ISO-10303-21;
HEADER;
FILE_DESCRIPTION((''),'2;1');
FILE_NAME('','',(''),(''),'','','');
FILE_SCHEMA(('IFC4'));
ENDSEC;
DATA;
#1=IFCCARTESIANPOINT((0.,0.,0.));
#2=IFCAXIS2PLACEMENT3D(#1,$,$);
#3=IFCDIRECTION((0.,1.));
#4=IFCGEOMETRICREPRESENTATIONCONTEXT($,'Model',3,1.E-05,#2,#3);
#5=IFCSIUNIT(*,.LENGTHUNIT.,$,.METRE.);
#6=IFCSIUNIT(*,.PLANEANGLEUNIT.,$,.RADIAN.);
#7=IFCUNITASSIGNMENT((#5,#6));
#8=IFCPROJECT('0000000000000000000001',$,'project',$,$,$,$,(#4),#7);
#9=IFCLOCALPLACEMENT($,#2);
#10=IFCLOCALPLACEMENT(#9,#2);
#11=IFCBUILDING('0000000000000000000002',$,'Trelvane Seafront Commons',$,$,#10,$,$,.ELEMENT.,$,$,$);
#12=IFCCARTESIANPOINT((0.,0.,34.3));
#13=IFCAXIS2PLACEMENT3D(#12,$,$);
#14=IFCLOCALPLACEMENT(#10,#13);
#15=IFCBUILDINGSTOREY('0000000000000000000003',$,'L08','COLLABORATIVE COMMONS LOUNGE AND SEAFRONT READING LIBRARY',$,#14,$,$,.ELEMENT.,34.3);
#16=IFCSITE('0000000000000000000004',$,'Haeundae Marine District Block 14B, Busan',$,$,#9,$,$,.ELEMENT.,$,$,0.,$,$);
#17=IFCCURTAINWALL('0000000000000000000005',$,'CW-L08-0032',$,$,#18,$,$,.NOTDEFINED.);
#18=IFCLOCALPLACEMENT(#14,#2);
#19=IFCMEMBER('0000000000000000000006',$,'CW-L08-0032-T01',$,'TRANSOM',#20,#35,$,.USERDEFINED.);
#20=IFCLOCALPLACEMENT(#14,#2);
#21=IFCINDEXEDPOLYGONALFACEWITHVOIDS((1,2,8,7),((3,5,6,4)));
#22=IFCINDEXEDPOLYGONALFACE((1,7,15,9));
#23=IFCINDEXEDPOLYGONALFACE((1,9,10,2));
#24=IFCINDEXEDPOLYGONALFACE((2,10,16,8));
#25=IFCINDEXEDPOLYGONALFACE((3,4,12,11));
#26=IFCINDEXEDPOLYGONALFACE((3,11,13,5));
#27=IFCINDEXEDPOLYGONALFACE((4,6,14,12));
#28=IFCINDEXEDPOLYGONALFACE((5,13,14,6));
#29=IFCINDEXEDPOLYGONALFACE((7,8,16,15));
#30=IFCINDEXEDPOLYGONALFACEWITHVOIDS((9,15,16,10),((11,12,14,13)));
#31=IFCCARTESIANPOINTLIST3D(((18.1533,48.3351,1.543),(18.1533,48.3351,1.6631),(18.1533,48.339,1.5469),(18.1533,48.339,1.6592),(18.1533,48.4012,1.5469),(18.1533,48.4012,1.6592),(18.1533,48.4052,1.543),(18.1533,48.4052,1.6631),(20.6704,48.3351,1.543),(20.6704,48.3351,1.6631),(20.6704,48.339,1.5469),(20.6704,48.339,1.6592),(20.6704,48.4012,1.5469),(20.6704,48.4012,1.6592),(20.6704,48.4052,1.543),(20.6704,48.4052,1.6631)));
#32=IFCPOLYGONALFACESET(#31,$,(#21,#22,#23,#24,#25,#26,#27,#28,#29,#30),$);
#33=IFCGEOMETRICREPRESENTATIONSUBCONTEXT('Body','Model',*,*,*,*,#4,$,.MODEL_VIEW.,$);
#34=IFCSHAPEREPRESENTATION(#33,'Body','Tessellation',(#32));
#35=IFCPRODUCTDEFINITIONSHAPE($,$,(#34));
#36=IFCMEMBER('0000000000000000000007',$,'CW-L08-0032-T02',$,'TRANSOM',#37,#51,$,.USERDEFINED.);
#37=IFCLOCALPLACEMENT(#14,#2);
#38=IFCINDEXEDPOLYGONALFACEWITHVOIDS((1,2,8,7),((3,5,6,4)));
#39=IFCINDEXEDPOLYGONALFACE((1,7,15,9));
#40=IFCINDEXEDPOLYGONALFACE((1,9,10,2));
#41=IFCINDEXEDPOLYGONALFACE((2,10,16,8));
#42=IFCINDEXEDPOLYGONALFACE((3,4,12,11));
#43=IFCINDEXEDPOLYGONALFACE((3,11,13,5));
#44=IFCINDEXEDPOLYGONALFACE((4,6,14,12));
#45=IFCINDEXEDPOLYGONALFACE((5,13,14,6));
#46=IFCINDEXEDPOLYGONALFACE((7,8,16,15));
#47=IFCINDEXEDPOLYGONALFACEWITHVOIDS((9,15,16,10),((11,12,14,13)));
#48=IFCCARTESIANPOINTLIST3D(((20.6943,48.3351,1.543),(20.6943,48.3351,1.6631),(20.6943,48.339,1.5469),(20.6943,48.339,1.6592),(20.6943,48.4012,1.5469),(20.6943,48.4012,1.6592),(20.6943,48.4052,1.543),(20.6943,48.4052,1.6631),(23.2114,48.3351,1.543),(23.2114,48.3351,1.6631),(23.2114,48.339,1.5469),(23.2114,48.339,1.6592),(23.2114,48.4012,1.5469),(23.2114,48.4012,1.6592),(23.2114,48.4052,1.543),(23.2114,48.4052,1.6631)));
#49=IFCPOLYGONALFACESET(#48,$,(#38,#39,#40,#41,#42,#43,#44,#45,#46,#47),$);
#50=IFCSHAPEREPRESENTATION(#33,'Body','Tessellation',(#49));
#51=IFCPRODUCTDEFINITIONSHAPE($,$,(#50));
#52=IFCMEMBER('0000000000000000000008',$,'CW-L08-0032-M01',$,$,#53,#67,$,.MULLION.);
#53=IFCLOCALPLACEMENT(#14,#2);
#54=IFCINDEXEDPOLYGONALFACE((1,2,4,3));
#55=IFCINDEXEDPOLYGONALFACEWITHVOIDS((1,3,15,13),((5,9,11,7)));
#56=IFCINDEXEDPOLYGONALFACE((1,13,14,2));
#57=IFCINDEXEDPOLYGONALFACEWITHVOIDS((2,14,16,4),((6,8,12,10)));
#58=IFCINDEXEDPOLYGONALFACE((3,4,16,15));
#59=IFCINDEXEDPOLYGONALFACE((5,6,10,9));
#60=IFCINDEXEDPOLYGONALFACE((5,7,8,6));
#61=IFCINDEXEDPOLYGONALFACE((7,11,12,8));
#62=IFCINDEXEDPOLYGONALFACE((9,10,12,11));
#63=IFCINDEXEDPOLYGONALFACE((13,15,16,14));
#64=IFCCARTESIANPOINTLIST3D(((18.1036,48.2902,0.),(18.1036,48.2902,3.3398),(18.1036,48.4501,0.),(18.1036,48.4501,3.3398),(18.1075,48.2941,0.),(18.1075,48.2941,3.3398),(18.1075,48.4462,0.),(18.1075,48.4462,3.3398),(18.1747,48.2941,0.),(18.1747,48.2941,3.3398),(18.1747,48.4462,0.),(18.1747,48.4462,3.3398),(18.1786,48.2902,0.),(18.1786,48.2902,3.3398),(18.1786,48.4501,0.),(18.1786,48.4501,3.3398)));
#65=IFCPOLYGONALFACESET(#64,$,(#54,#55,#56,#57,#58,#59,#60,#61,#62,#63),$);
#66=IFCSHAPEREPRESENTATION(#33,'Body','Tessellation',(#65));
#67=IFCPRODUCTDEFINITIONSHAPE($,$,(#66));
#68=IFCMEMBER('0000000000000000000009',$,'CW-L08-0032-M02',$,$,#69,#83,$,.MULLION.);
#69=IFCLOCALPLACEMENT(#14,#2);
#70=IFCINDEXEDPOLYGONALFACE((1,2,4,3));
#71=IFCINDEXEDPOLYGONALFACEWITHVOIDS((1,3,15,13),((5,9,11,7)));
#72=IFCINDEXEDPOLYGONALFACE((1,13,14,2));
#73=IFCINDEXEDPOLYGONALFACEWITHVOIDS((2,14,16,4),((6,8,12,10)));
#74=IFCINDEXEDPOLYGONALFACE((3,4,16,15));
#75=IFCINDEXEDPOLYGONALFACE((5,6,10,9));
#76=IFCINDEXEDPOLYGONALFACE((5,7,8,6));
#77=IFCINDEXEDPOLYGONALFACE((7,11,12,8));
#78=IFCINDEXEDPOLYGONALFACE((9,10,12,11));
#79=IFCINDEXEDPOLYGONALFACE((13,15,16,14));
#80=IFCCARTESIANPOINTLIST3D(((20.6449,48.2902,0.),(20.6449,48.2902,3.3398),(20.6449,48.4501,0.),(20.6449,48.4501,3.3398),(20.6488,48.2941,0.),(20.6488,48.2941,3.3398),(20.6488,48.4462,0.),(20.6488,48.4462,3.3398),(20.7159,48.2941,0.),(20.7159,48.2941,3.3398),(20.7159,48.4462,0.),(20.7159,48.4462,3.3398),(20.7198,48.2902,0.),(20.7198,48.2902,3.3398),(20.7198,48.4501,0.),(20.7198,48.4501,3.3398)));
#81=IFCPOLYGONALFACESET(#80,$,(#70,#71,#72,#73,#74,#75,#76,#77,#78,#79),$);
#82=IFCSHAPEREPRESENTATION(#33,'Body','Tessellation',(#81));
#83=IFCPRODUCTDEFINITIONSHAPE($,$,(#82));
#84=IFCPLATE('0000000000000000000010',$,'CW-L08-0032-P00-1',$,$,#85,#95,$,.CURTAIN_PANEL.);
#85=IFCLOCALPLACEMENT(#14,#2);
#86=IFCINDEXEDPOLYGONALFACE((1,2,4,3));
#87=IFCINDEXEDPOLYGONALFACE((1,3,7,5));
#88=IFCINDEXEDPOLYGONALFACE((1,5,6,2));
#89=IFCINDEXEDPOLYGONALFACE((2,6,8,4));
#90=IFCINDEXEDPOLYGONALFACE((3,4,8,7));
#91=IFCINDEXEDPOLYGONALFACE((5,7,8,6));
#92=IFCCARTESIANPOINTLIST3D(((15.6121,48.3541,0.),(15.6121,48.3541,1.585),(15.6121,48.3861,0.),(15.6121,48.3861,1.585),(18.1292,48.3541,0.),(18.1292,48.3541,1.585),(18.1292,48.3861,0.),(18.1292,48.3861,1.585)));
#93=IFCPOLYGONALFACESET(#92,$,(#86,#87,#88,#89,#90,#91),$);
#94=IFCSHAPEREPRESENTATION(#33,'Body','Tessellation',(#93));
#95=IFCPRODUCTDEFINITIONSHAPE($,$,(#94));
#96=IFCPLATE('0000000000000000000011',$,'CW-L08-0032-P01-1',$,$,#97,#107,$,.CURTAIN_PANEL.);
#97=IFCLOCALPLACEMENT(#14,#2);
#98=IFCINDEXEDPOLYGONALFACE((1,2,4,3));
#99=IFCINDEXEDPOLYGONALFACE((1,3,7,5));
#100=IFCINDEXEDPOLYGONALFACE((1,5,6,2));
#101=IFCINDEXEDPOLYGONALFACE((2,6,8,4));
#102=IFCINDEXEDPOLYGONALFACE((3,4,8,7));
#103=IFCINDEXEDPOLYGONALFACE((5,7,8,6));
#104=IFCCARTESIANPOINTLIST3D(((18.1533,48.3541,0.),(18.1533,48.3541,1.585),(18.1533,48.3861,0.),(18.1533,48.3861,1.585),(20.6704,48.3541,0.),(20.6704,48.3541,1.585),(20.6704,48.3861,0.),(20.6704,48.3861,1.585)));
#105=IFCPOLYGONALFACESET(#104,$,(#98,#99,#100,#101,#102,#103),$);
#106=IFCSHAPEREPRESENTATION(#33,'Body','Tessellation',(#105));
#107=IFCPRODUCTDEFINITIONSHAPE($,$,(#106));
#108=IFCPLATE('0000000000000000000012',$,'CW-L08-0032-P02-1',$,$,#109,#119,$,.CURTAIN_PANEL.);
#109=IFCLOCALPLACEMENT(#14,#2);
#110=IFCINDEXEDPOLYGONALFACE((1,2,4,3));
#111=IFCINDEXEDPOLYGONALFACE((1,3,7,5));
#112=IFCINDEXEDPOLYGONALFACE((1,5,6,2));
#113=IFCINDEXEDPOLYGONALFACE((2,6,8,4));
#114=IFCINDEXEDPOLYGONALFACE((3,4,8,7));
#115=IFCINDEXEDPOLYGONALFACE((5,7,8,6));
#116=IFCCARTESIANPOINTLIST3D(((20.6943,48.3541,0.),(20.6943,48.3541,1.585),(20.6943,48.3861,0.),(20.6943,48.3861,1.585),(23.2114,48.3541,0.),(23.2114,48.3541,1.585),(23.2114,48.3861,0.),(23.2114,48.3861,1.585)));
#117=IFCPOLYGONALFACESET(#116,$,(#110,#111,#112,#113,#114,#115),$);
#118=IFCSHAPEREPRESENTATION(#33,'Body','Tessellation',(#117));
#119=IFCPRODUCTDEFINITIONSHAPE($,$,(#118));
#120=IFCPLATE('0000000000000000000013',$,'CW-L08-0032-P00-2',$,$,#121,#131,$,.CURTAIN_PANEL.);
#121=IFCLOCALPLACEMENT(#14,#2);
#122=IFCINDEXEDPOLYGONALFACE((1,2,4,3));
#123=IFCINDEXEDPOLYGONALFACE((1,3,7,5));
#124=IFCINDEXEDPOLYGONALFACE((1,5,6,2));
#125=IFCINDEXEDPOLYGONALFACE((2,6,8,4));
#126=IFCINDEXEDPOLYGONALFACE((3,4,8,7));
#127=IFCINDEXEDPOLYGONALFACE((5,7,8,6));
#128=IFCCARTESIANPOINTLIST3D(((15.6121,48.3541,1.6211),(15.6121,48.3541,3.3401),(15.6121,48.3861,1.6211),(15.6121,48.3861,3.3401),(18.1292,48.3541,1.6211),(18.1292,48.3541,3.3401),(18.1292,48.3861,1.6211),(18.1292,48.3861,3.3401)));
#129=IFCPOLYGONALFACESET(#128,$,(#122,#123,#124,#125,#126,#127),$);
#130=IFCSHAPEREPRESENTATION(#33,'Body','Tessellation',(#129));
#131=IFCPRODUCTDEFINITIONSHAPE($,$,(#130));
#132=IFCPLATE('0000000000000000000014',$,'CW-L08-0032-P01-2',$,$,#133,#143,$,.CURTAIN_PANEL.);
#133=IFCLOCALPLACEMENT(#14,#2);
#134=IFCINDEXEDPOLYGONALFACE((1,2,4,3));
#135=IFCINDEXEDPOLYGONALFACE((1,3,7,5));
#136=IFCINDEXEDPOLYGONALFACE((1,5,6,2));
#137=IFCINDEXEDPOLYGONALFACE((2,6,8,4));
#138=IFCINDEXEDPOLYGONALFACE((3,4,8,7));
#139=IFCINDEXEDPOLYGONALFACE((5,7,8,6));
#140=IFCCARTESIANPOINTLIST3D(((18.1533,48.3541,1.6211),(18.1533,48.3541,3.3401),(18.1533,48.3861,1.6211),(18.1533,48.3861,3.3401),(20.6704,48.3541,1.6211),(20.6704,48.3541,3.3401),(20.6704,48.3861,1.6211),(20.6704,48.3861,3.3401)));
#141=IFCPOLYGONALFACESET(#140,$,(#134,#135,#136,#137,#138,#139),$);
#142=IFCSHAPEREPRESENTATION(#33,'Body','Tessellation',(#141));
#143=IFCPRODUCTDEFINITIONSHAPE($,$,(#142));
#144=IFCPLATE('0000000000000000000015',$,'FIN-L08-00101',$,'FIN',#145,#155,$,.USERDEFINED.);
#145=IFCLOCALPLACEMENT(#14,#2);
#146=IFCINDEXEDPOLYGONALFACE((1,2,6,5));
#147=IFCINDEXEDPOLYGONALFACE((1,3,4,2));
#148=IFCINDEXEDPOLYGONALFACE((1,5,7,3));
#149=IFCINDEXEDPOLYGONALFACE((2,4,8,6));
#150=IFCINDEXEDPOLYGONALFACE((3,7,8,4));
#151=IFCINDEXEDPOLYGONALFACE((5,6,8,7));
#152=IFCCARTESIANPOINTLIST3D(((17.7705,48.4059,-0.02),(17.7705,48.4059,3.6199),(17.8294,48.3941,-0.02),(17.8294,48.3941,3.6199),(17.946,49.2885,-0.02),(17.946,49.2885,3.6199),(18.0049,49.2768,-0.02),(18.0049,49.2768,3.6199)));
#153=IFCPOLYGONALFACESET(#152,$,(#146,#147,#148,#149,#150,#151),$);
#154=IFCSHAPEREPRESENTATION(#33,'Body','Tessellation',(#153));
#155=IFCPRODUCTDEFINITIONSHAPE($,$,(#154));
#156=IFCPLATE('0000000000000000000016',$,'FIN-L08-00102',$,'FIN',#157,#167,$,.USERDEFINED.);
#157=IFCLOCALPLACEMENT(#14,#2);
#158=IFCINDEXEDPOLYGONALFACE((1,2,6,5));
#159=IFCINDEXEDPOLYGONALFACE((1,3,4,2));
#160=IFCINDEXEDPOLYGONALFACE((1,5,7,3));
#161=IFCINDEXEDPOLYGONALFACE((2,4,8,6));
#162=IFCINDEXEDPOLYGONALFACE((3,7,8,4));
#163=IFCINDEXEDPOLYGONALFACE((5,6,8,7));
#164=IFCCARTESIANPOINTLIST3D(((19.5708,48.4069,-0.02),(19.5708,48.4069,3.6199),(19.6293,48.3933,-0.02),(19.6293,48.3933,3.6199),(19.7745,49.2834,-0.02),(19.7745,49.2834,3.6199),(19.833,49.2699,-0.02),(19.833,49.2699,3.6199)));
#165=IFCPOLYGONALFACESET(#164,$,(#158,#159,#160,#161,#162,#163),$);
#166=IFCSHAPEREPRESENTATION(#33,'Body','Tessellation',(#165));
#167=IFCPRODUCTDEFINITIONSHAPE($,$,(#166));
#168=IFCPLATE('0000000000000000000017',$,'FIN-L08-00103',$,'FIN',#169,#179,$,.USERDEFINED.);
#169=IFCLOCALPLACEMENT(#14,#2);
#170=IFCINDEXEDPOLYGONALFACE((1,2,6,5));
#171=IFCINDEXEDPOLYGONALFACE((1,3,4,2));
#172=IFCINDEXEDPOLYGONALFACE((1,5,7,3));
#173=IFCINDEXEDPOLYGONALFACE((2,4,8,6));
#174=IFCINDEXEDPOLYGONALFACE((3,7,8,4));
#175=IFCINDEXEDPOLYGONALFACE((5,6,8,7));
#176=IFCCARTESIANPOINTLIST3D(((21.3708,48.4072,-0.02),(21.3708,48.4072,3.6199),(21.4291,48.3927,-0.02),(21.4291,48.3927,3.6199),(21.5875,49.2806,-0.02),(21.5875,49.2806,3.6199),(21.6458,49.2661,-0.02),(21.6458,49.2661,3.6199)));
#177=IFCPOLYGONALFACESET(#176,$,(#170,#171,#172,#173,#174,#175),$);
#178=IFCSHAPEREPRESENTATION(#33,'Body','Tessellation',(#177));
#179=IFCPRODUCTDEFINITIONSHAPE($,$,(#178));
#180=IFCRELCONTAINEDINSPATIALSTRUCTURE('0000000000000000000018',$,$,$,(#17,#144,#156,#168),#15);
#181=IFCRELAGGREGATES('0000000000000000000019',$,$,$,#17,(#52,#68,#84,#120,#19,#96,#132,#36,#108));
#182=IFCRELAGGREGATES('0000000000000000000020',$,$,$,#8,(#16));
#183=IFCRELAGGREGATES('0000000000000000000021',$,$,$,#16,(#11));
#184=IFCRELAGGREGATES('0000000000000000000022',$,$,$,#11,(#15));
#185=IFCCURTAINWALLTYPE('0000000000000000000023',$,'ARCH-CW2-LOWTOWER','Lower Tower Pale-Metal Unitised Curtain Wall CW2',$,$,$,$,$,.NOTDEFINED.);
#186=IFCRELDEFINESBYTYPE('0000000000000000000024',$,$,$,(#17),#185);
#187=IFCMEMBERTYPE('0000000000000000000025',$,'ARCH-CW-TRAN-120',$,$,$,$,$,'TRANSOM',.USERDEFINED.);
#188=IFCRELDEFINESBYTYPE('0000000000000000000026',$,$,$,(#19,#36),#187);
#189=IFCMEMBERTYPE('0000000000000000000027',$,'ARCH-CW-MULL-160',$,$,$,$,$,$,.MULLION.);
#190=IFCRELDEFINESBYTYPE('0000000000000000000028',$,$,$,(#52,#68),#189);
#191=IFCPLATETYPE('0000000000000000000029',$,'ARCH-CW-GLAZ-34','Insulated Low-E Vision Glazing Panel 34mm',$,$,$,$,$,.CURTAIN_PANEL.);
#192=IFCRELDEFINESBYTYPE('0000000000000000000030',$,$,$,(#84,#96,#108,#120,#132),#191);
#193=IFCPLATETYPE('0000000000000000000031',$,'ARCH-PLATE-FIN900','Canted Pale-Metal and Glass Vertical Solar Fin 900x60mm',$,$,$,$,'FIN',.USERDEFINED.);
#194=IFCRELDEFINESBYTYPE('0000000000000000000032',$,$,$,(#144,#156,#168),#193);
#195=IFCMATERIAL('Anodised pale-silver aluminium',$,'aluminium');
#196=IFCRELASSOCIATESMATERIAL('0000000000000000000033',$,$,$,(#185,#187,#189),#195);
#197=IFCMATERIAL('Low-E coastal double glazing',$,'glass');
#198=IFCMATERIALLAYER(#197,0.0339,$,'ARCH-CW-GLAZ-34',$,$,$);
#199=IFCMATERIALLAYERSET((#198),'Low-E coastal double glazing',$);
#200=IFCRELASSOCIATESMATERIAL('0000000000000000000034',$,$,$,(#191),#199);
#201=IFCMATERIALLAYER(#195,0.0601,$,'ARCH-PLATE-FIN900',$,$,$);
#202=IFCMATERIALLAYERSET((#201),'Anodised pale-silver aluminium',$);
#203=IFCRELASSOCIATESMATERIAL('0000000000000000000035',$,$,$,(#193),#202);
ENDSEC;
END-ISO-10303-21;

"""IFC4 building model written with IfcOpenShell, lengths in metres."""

from ifc_helpers import new_model, si_unit, direction, frame, origin, origin_2d, place, context, subcontext, project, spatial, rectangle, hollow_rectangle, extrude, source, transform, mapped, material, layer, layer_set, material_profile, profile_set, type_object, element, aggregate, save


model = new_model("IFC4")

# Units and contexts
model_context = context("Model", 3, precision=1e-05, world=origin(), true_north=direction((0.0, 1.0)))
body_context = subcontext(model_context, "Body", "Model", "MODEL_VIEW")
ifc_project = project(units=[si_unit("LENGTHUNIT", "METRE"), si_unit("PLANEANGLEUNIT", "RADIAN")], contexts=[model_context])

# Site, building, storey
site_placement = place(None, origin())
site = spatial("IfcSite", under=ifc_project, at=site_placement, Name="Haeundae Marine District Block 14B, Busan", CompositionType="ELEMENT", RefElevation=0.0)
building_placement = place(site_placement, origin())
building = spatial("IfcBuilding", under=site, at=building_placement, Name="Trelvane Seafront Commons", CompositionType="ELEMENT")
storey_placement = place(building_placement, frame((0.0, 0.0, 34.3)))
storey = spatial("IfcBuildingStorey", under=building, at=storey_placement, Name="L08", Description="COLLABORATIVE COMMONS LOUNGE AND SEAFRONT READING LIBRARY", CompositionType="ELEMENT", Elevation=34.3)

# Curtain wall, members, plates
ifc_material_1 = material(Name="Anodised pale-silver aluminium", Category="aluminium")
curtain_wall_type = type_object("IfcCurtainWallType", Name="ARCH-CW2-LOWTOWER", Description="Lower Tower Pale-Metal Unitised Curtain Wall CW2", PredefinedType="NOTDEFINED", material=ifc_material_1)
curtain_wall_placement = place(storey_placement, origin())
curtain_wall = element("IfcCurtainWall", 1, at=curtain_wall_placement, inside=storey, type_object=curtain_wall_type, Name="CW-L08-0032", PredefinedType="NOTDEFINED")
ifc_material_profile_1 = material_profile(ifc_material_1, hollow_rectangle(XDim=0.0701, YDim=0.1201, WallThickness=0.0039, at=origin_2d()), Name="TRAN-70x120x4")
ifc_profile_set_1 = profile_set([ifc_material_profile_1], Name="Anodised pale-silver aluminium")
member_type_1 = type_object("IfcMemberType", Name="ARCH-CW-TRAN-120", ElementType="TRANSOM", PredefinedType="USERDEFINED", material=ifc_profile_set_1)
shared_shape_1 = source(origin(), body_context, "Body", "SweptSolid", [
    extrude(hollow_rectangle(XDim=0.0701, YDim=0.1201, WallThickness=0.0039, at=origin_2d()), origin(), (0.0, 0.0, 1.0), 2.5171),
])
member_1_placement = place(storey_placement, frame((18.1533, 48.3701, 1.603), z_axis=(1.0, 0.0, 0.0), x_axis=(0.0, 1.0, 0.0)))
member_1 = element("IfcMember", 2, at=member_1_placement, type_object=member_type_1, Name="CW-L08-0032-T01", ObjectType="TRANSOM", PredefinedType="USERDEFINED", context=body_context, shape_type="MappedRepresentation", body=[
    mapped(shared_shape_1, transform((0.0, 0.0, 0.0), x_axis=(1.0, 0.0, 0.0), y_axis=(0.0, 1.0, 0.0), z_axis=(0.0, 0.0, 1.0), scale=1.0)),
])
member_2_placement = place(storey_placement, frame((20.6943, 48.3701, 1.603), z_axis=(1.0, 0.0, 0.0), x_axis=(0.0, 1.0, 0.0)))
member_2 = element("IfcMember", 3, at=member_2_placement, type_object=member_type_1, Name="CW-L08-0032-T02", ObjectType="TRANSOM", PredefinedType="USERDEFINED", context=body_context, shape_type="MappedRepresentation", body=[
    mapped(shared_shape_1, transform((0.0, 0.0, 0.0), x_axis=(1.0, 0.0, 0.0), y_axis=(0.0, 1.0, 0.0), z_axis=(0.0, 0.0, 1.0), scale=1.0)),
])
ifc_material_profile_2 = material_profile(ifc_material_1, hollow_rectangle(XDim=0.075, YDim=0.1599, WallThickness=0.0039, at=origin_2d()), Name="MULL-75x160x4")
ifc_profile_set_2 = profile_set([ifc_material_profile_2], Name="Anodised pale-silver aluminium")
member_type_2 = type_object("IfcMemberType", Name="ARCH-CW-MULL-160", PredefinedType="MULLION", material=ifc_profile_set_2)
shared_shape_2 = source(origin(), body_context, "Body", "SweptSolid", [
    extrude(hollow_rectangle(XDim=0.075, YDim=0.1599, WallThickness=0.0039, at=origin_2d()), origin(), (0.0, 0.0, 1.0), 3.3398),
])
member_3_placement = place(storey_placement, frame((18.1411, 48.3701, 0.0), z_axis=(0.0, 0.0, 1.0), x_axis=(1.0, 0.0, 0.0)))
member_3 = element("IfcMember", 4, at=member_3_placement, type_object=member_type_2, Name="CW-L08-0032-M01", PredefinedType="MULLION", context=body_context, shape_type="MappedRepresentation", body=[
    mapped(shared_shape_2, transform((0.0, 0.0, 0.0), x_axis=(1.0, 0.0, 0.0), y_axis=(0.0, 1.0, 0.0), z_axis=(0.0, 0.0, 1.0), scale=1.0)),
])
member_4_placement = place(storey_placement, frame((20.6824, 48.3701, 0.0), z_axis=(0.0, 0.0, 1.0), x_axis=(1.0, 0.0, 0.0)))
member_4 = element("IfcMember", 5, at=member_4_placement, type_object=member_type_2, Name="CW-L08-0032-M02", PredefinedType="MULLION", context=body_context, shape_type="MappedRepresentation", body=[
    mapped(shared_shape_2, transform((0.0, 0.0, 0.0), x_axis=(1.0, 0.0, 0.0), y_axis=(0.0, 1.0, 0.0), z_axis=(0.0, 0.0, 1.0), scale=1.0)),
])
ifc_material_2 = material(Name="Low-E coastal double glazing", Category="glass")
ifc_layer_1 = layer(ifc_material_2, 0.0339, Name="ARCH-CW-GLAZ-34")
ifc_layer_set_1 = layer_set([ifc_layer_1], Name="Low-E coastal double glazing")
plate_type_1 = type_object("IfcPlateType", Name="ARCH-CW-GLAZ-34", Description="Insulated Low-E Vision Glazing Panel 34mm", PredefinedType="CURTAIN_PANEL", material=ifc_layer_set_1)
shared_shape_3 = source(origin(), body_context, "Body", "SweptSolid", [
    extrude(rectangle(XDim=2.5171, YDim=0.032, at=origin_2d()), origin(), (0.0, 0.0, 1.0), 1.585),
])
plate_1_placement = place(storey_placement, frame((16.8706, 48.3701, 0.0), z_axis=(0.0, 0.0, 1.0), x_axis=(1.0, 0.0, 0.0)))
plate_1 = element("IfcPlate", 6, at=plate_1_placement, type_object=plate_type_1, Name="CW-L08-0032-P00-1", PredefinedType="CURTAIN_PANEL", context=body_context, shape_type="MappedRepresentation", body=[
    mapped(shared_shape_3, transform((0.0, 0.0, 0.0), x_axis=(1.0, 0.0, 0.0), y_axis=(0.0, 1.0, 0.0), z_axis=(0.0, 0.0, 1.0), scale=1.0)),
])
plate_2_placement = place(storey_placement, frame((19.4119, 48.3701, 0.0), z_axis=(0.0, 0.0, 1.0), x_axis=(1.0, 0.0, 0.0)))
plate_2 = element("IfcPlate", 7, at=plate_2_placement, type_object=plate_type_1, Name="CW-L08-0032-P01-1", PredefinedType="CURTAIN_PANEL", context=body_context, shape_type="MappedRepresentation", body=[
    mapped(shared_shape_3, transform((0.0, 0.0, 0.0), x_axis=(1.0, 0.0, 0.0), y_axis=(0.0, 1.0, 0.0), z_axis=(0.0, 0.0, 1.0), scale=1.0)),
])
plate_3_placement = place(storey_placement, frame((21.9529, 48.3701, 0.0), z_axis=(0.0, 0.0, 1.0), x_axis=(1.0, 0.0, 0.0)))
plate_3 = element("IfcPlate", 8, at=plate_3_placement, type_object=plate_type_1, Name="CW-L08-0032-P02-1", PredefinedType="CURTAIN_PANEL", context=body_context, shape_type="MappedRepresentation", body=[
    mapped(shared_shape_3, transform((0.0, 0.0, 0.0), x_axis=(1.0, 0.0, 0.0), y_axis=(0.0, 1.0, 0.0), z_axis=(0.0, 0.0, 1.0), scale=1.0)),
])
shared_shape_4 = source(origin(), body_context, "Body", "SweptSolid", [
    extrude(rectangle(XDim=2.5171, YDim=0.032, at=origin_2d()), origin(), (0.0, 0.0, 1.0), 1.719),
])
plate_4_placement = place(storey_placement, frame((16.8706, 48.3701, 1.6211), z_axis=(0.0, 0.0, 1.0), x_axis=(1.0, 0.0, 0.0)))
plate_4 = element("IfcPlate", 9, at=plate_4_placement, type_object=plate_type_1, Name="CW-L08-0032-P00-2", PredefinedType="CURTAIN_PANEL", context=body_context, shape_type="MappedRepresentation", body=[
    mapped(shared_shape_4, transform((0.0, 0.0, 0.0), x_axis=(1.0, 0.0, 0.0), y_axis=(0.0, 1.0, 0.0), z_axis=(0.0, 0.0, 1.0), scale=1.0)),
])
plate_5_placement = place(storey_placement, frame((19.4119, 48.3701, 1.6211), z_axis=(0.0, 0.0, 1.0), x_axis=(1.0, 0.0, 0.0)))
plate_5 = element("IfcPlate", 10, at=plate_5_placement, type_object=plate_type_1, Name="CW-L08-0032-P01-2", PredefinedType="CURTAIN_PANEL", context=body_context, shape_type="MappedRepresentation", body=[
    mapped(shared_shape_4, transform((0.0, 0.0, 0.0), x_axis=(1.0, 0.0, 0.0), y_axis=(0.0, 1.0, 0.0), z_axis=(0.0, 0.0, 1.0), scale=1.0)),
])
aggregate(curtain_wall, [member_3, member_4, plate_1, plate_4, member_1, plate_2, plate_5, member_2, plate_3])

# Plates
ifc_layer_2 = layer(ifc_material_1, 0.0601, Name="ARCH-PLATE-FIN900")
ifc_layer_set_2 = layer_set([ifc_layer_2], Name="Anodised pale-silver aluminium")
plate_type_2 = type_object("IfcPlateType", Name="ARCH-PLATE-FIN900", Description="Canted Pale-Metal and Glass Vertical Solar Fin 900x60mm", ElementType="FIN", PredefinedType="USERDEFINED", material=ifc_layer_set_2)
shared_shape_5 = source(origin(), body_context, "Body", "SweptSolid", [
    extrude(rectangle(XDim=0.8999, YDim=0.0601, at=origin_2d()), origin(), (0.0, 0.0, 1.0), 3.6399),
])
for number, where, z_axis, x_axis, name in (
    (11, (17.8877, 48.8413, -0.02), (0.0, 0.0, 1.0), (0.195113, 0.980781, 0.0), "FIN-L08-00101"),
    (12, (19.7019, 48.8384, -0.02), (0.0, 0.0, 1.0), (0.226344, 0.974048, 0.0), "FIN-L08-00102"),
    (13, (21.5083, 48.8367, -0.02), (0.0, 0.0, 1.0), (0.240889, 0.970553, 0.0), "FIN-L08-00103"),
):
    element("IfcPlate", number, at=place(storey_placement, frame(where, z_axis=z_axis, x_axis=x_axis)), inside=storey, type_object=plate_type_2, Name=name, ObjectType="FIN", PredefinedType="USERDEFINED", context=body_context, shape_type="MappedRepresentation", body=[
        mapped(shared_shape_5, transform((0.0, 0.0, 0.0), x_axis=(1.0, 0.0, 0.0), y_axis=(0.0, 1.0, 0.0), z_axis=(0.0, 0.0, 1.0), scale=1.0)),
    ])

save(model, "model.ifc")
